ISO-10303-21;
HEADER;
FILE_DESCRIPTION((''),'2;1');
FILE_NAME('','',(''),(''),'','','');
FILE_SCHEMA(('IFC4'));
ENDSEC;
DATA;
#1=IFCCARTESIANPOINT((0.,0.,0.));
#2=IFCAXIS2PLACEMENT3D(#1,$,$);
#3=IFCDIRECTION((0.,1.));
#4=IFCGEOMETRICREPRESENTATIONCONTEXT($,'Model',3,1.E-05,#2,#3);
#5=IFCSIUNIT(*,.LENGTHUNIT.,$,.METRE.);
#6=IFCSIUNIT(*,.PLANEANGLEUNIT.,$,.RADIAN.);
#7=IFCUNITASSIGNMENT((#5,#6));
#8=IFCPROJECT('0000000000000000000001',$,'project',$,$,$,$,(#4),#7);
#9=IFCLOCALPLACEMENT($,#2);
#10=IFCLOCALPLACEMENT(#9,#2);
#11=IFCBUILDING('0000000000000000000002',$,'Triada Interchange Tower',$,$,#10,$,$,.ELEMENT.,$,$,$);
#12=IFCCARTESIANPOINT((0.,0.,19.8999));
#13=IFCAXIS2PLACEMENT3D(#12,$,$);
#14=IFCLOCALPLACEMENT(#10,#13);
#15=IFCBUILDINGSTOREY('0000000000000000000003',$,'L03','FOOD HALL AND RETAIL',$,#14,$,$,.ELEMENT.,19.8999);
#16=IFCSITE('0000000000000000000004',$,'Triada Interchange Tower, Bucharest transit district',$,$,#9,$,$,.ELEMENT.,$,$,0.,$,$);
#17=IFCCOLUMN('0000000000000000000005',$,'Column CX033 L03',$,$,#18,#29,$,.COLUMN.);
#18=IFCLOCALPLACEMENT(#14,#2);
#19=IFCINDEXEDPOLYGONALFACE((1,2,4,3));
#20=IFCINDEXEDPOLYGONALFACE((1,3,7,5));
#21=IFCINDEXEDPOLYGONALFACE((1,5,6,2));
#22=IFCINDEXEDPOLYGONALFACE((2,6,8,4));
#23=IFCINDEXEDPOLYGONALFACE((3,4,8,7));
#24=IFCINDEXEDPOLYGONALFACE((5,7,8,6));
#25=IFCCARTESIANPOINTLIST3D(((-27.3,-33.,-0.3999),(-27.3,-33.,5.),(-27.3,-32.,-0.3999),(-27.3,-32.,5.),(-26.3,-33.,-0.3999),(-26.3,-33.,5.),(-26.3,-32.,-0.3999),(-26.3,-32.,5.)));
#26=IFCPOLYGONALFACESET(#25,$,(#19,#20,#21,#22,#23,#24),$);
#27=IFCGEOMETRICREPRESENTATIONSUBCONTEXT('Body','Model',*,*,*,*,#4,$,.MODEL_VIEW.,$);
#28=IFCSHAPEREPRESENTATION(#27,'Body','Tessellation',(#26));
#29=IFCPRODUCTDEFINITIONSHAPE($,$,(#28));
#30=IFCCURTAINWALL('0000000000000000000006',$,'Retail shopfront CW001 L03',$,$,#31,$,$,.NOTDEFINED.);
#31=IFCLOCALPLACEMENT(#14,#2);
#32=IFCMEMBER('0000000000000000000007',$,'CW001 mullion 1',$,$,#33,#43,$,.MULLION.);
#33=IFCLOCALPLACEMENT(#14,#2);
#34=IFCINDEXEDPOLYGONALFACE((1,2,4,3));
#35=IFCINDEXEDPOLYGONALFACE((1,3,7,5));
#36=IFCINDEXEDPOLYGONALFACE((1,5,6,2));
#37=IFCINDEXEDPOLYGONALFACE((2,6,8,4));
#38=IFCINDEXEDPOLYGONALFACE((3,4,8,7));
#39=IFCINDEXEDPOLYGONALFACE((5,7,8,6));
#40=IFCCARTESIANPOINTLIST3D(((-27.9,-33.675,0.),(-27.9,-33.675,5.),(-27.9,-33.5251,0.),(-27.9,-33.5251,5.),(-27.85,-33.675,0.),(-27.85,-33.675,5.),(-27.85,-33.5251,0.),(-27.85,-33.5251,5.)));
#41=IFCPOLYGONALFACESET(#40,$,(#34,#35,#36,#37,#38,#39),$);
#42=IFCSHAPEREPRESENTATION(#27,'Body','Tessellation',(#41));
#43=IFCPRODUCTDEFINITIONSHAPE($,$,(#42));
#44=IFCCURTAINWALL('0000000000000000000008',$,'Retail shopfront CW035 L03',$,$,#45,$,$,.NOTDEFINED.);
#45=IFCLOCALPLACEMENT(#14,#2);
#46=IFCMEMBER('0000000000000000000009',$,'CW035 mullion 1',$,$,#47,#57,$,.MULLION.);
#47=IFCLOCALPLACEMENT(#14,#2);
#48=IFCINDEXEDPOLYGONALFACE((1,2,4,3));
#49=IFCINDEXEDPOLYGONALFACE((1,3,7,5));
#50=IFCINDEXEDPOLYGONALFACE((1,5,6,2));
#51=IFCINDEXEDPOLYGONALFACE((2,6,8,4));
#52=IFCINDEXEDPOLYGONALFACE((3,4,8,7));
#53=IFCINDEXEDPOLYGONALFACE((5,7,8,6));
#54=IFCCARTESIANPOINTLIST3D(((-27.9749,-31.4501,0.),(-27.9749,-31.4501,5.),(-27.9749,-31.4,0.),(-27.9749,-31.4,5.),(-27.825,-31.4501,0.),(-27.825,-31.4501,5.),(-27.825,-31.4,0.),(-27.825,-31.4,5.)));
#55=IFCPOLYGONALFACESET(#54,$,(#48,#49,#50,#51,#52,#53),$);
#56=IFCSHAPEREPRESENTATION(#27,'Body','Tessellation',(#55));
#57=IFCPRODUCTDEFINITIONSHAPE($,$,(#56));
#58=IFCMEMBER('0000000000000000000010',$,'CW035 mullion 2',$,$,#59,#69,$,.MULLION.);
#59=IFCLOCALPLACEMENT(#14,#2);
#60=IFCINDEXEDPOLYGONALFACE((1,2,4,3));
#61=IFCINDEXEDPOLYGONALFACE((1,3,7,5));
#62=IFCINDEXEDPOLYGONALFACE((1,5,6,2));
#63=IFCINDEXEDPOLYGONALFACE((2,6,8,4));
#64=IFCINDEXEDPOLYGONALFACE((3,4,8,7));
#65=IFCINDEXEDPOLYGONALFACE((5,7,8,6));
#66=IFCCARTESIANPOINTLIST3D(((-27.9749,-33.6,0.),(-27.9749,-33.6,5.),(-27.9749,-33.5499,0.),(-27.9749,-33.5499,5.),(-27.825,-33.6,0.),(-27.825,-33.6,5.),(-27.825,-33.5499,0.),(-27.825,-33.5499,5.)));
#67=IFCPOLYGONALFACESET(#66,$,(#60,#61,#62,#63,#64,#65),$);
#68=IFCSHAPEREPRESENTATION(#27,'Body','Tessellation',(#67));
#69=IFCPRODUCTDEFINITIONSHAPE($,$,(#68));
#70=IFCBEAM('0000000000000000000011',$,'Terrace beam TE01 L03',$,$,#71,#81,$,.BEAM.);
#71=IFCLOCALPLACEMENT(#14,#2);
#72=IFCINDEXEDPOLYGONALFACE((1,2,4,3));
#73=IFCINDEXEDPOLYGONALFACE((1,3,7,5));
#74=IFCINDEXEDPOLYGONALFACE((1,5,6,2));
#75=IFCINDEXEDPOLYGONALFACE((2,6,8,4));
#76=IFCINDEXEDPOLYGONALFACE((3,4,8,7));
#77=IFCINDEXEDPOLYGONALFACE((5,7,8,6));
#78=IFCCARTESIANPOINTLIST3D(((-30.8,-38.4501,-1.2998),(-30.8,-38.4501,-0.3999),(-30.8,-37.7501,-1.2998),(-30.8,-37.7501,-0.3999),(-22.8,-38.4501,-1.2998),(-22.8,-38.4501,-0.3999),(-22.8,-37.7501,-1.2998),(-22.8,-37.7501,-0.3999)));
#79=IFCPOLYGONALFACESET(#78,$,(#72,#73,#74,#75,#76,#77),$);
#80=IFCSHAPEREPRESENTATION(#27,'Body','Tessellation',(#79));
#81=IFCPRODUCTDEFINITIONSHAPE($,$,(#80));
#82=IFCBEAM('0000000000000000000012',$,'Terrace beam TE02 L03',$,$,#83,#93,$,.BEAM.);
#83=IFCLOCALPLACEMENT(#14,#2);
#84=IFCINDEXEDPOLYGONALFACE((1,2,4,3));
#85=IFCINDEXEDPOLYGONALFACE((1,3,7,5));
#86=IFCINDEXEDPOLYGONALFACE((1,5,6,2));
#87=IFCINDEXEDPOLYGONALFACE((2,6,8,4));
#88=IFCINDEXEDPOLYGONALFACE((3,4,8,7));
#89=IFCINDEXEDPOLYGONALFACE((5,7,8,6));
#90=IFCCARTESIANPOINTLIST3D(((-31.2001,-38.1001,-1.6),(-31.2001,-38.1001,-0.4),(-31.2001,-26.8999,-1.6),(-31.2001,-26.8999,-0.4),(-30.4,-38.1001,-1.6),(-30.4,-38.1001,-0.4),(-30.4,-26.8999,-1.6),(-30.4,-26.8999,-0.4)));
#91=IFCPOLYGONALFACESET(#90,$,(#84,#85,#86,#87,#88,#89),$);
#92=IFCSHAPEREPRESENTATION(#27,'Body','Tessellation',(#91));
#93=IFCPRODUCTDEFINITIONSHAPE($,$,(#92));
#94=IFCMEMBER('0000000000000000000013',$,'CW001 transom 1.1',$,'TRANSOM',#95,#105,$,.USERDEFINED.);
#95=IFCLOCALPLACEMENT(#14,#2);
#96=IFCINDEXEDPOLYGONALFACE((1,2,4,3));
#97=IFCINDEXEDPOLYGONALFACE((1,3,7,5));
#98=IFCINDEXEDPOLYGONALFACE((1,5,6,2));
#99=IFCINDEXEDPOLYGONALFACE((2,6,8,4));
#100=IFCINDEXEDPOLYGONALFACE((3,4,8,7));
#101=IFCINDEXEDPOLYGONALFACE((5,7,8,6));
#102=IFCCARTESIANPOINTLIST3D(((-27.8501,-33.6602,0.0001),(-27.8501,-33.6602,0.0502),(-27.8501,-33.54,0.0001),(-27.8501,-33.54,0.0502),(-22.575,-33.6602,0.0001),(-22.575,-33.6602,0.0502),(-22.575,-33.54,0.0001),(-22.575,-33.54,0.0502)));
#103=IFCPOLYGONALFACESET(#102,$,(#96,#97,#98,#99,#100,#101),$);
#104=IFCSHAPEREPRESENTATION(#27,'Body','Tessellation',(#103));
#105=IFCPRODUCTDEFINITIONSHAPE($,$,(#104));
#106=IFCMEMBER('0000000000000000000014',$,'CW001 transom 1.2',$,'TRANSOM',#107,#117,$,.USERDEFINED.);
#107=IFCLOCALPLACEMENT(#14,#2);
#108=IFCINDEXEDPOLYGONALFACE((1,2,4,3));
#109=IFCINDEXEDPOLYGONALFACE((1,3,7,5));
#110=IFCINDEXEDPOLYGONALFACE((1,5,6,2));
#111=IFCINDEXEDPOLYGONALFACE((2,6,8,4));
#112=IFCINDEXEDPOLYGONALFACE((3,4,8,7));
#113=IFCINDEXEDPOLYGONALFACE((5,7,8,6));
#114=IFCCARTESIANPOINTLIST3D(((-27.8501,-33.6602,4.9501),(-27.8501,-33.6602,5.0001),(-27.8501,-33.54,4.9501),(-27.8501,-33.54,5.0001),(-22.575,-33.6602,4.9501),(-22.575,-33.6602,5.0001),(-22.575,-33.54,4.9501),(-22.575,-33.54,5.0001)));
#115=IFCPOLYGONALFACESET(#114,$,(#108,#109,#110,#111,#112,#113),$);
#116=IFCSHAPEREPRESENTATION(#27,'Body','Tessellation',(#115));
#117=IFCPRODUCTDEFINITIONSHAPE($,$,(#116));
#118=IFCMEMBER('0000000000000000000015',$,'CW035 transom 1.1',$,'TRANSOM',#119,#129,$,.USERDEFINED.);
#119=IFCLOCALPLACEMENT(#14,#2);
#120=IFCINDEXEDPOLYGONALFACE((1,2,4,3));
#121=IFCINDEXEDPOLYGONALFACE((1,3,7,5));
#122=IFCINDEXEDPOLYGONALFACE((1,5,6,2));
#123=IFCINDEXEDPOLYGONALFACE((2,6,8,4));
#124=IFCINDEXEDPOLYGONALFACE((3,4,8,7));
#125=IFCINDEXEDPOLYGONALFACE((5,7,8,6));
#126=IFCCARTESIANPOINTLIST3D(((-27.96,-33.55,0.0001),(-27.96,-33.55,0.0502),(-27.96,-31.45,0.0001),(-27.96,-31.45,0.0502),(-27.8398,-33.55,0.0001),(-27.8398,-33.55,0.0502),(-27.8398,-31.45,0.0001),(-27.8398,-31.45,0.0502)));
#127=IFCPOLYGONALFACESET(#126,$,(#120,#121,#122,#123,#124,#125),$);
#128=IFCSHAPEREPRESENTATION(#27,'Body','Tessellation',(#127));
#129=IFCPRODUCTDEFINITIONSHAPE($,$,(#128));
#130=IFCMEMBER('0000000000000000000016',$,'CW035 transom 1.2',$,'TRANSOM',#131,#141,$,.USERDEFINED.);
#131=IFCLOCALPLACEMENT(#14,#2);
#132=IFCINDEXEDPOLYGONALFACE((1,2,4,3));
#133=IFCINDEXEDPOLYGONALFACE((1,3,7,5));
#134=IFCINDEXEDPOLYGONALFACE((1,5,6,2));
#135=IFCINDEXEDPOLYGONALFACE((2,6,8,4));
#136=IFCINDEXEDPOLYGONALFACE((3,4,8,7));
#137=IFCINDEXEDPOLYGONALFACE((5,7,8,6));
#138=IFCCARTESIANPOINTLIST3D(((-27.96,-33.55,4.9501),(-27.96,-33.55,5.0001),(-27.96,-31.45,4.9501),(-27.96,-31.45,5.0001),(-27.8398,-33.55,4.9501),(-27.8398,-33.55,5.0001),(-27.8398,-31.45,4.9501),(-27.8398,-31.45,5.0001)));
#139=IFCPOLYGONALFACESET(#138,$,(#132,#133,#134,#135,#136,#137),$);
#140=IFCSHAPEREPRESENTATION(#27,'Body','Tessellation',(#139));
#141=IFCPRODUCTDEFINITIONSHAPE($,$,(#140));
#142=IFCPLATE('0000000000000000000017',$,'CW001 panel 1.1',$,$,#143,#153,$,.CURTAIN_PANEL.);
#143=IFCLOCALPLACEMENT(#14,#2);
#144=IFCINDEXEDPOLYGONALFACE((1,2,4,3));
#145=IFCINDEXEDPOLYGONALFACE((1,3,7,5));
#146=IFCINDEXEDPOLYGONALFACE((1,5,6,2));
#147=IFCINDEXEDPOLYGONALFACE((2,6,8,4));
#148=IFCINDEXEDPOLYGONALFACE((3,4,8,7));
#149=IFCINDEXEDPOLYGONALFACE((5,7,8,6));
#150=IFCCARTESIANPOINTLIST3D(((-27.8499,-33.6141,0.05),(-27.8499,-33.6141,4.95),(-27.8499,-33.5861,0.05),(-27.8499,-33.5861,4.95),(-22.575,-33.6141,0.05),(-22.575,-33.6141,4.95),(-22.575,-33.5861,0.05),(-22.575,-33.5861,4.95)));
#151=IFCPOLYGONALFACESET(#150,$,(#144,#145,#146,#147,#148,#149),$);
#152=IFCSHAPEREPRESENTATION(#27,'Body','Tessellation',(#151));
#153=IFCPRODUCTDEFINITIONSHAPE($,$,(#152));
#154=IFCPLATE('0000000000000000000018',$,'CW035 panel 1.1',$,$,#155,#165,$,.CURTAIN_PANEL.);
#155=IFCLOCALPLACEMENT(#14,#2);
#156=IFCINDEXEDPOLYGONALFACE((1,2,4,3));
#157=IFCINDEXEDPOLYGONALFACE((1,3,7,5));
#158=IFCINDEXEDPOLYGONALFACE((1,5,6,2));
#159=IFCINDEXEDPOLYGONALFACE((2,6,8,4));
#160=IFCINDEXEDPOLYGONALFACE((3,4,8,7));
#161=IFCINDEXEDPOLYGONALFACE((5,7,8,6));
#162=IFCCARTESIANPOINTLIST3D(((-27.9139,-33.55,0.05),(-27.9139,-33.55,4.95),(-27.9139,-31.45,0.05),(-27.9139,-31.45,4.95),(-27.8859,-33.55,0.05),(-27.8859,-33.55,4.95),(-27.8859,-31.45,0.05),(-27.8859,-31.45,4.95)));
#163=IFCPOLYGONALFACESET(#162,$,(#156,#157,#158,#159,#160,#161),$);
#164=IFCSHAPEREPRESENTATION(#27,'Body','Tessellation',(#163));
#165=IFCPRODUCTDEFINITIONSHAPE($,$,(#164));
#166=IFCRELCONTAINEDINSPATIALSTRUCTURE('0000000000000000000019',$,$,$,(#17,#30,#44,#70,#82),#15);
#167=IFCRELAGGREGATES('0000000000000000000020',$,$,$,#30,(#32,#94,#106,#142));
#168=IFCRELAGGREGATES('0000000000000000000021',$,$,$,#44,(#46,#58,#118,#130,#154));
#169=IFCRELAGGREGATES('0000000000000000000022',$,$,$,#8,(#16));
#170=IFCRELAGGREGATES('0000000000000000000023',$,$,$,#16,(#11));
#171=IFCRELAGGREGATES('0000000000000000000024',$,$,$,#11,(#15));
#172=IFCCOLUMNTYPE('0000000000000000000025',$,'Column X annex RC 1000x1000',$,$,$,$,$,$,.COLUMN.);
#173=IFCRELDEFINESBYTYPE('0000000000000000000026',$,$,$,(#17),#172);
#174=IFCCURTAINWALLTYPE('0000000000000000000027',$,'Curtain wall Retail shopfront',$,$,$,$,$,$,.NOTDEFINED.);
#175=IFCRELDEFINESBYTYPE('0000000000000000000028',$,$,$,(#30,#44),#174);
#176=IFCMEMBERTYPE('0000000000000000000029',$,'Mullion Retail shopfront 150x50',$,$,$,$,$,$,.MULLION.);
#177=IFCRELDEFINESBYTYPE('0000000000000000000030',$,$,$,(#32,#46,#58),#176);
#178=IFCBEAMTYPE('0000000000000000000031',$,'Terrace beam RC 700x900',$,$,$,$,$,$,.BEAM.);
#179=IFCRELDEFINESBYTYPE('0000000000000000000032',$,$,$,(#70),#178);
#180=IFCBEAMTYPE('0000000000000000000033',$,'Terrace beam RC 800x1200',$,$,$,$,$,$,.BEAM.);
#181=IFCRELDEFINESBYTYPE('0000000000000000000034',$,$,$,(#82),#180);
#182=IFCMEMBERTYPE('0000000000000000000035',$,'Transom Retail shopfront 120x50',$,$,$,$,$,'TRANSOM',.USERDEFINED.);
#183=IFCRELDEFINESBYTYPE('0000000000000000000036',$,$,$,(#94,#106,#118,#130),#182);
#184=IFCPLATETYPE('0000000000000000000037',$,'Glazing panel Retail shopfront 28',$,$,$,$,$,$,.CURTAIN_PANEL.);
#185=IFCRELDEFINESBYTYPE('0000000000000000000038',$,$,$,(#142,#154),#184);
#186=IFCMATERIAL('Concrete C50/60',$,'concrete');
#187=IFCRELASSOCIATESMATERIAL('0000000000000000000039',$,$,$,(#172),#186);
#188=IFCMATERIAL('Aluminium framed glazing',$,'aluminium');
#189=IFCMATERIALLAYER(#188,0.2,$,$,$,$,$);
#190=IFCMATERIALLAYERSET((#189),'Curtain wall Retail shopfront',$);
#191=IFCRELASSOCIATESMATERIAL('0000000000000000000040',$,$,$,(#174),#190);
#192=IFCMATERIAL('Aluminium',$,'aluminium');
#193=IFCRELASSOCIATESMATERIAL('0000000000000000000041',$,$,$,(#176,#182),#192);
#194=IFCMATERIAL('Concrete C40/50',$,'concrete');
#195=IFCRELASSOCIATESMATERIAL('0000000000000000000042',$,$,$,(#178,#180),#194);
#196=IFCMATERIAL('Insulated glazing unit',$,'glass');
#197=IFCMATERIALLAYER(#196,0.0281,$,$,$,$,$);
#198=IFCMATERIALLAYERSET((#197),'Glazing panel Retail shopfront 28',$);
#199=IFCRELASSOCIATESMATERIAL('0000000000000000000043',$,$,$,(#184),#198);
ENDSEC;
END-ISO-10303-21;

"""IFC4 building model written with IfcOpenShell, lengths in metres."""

from ifc_helpers import new_model, si_unit, direction, frame, origin, origin_2d, place, context, subcontext, project, spatial, rectangle, extrude, material, layer, layer_set, material_profile, profile_set, type_object, element, aggregate, save


model = new_model("IFC4")

# Units and contexts
model_context = context("Model", 3, precision=1e-05, world=origin(), true_north=direction((0.0, 1.0)))
body_context = subcontext(model_context, "Body", "Model", "MODEL_VIEW")
ifc_project = project(units=[si_unit("LENGTHUNIT", "METRE"), si_unit("PLANEANGLEUNIT", "RADIAN")], contexts=[model_context])

# Site, building, storey
site_placement = place(None, origin())
site = spatial("IfcSite", under=ifc_project, at=site_placement, Name="Triada Interchange Tower, Bucharest transit district", CompositionType="ELEMENT", RefElevation=0.0)
building_placement = place(site_placement, origin())
building = spatial("IfcBuilding", under=site, at=building_placement, Name="Triada Interchange Tower", CompositionType="ELEMENT")
storey_placement = place(building_placement, frame((0.0, 0.0, 19.8999)))
storey = spatial("IfcBuildingStorey", under=building, at=storey_placement, Name="L03", Description="FOOD HALL AND RETAIL", CompositionType="ELEMENT", Elevation=19.8999)

# Column
ifc_material_1 = material(Name="Concrete C50/60", Category="concrete")
ifc_material_profile_1 = material_profile(ifc_material_1, rectangle(XDim=1.0, YDim=1.0, at=origin_2d()), Name="RC 1000x1000")
ifc_profile_set_1 = profile_set([ifc_material_profile_1], Name="Concrete C50/60")
column_type = type_object("IfcColumnType", Name="Column X annex RC 1000x1000", PredefinedType="COLUMN", material=ifc_profile_set_1)
column_placement = place(storey_placement, frame((-26.8, -32.5, -0.3999), z_axis=(0.0, 0.0, 1.0), x_axis=(1.0, 0.0, 0.0)))
element("IfcColumn", 1, at=column_placement, inside=storey, type_object=column_type, Name="Column CX033 L03", PredefinedType="COLUMN", context=body_context, shape_type="SweptSolid", body=[
    extrude(rectangle(XDim=1.0, YDim=1.0, at=origin_2d()), origin(), (0.0, 0.0, 1.0), 5.3999),
])

# Curtain wall, member
ifc_material_2 = material(Name="Aluminium framed glazing", Category="aluminium")
ifc_layer_1 = layer(ifc_material_2, 0.2)
ifc_layer_set_1 = layer_set([ifc_layer_1], Name="Curtain wall Retail shopfront")
curtain_wall_type = type_object("IfcCurtainWallType", Name="Curtain wall Retail shopfront", PredefinedType="NOTDEFINED", material=ifc_layer_set_1)
curtain_wall_1_placement = place(storey_placement, origin())
curtain_wall_1 = element("IfcCurtainWall", 2, at=curtain_wall_1_placement, inside=storey, type_object=curtain_wall_type, Name="Retail shopfront CW001 L03", PredefinedType="NOTDEFINED")
ifc_material_3 = material(Name="Aluminium", Category="aluminium")
ifc_material_profile_2 = material_profile(ifc_material_3, rectangle(XDim=0.1499, YDim=0.05, at=origin_2d()), Name="Aluminium mullion")
ifc_profile_set_2 = profile_set([ifc_material_profile_2], Name="Aluminium")
member_type_1 = type_object("IfcMemberType", Name="Mullion Retail shopfront 150x50", PredefinedType="MULLION", material=ifc_profile_set_2)
member_1_placement = place(storey_placement, frame((-27.875, -33.6001, 0.0), z_axis=(0.0, 0.0, 1.0), x_axis=(0.0, 1.0, 0.0)))
member_1 = element("IfcMember", 3, at=member_1_placement, type_object=member_type_1, Name="CW001 mullion 1", PredefinedType="MULLION", context=body_context, shape_type="SweptSolid", body=[
    extrude(rectangle(XDim=0.1499, YDim=0.05, at=origin_2d()), origin(), (0.0, 0.0, 1.0), 5.0),
])

# Curtain wall, members
curtain_wall_2_placement = place(storey_placement, origin())
curtain_wall_2 = element("IfcCurtainWall", 4, at=curtain_wall_2_placement, inside=storey, type_object=curtain_wall_type, Name="Retail shopfront CW035 L03", PredefinedType="NOTDEFINED")
member_2_placement = place(storey_placement, frame((-27.8999, -31.425, 0.0), z_axis=(0.0, 0.0, 1.0), x_axis=(1.0, 0.0, 0.0)))
member_2 = element("IfcMember", 5, at=member_2_placement, type_object=member_type_1, Name="CW035 mullion 1", PredefinedType="MULLION", context=body_context, shape_type="SweptSolid", body=[
    extrude(rectangle(XDim=0.1499, YDim=0.05, at=origin_2d()), origin(), (0.0, 0.0, 1.0), 5.0),
])
member_3_placement = place(storey_placement, frame((-27.8999, -33.575, 0.0), z_axis=(0.0, 0.0, 1.0), x_axis=(1.0, 0.0, 0.0)))
member_3 = element("IfcMember", 6, at=member_3_placement, type_object=member_type_1, Name="CW035 mullion 2", PredefinedType="MULLION", context=body_context, shape_type="SweptSolid", body=[
    extrude(rectangle(XDim=0.1499, YDim=0.05, at=origin_2d()), origin(), (0.0, 0.0, 1.0), 5.0),
])

# Beams
ifc_material_4 = material(Name="Concrete C40/50", Category="concrete")
ifc_material_profile_3 = material_profile(ifc_material_4, rectangle(XDim=0.7, YDim=0.8999, at=origin_2d()), Name="RC 700x900")
ifc_profile_set_3 = profile_set([ifc_material_profile_3], Name="Concrete C40/50")
beam_type_1 = type_object("IfcBeamType", Name="Terrace beam RC 700x900", PredefinedType="BEAM", material=ifc_profile_set_3)
beam_1_placement = place(storey_placement, frame((-30.8, -38.1001, -0.8499), z_axis=(1.0, 0.0, 0.0), x_axis=(0.0, 1.0, 0.0)))
element("IfcBeam", 7, at=beam_1_placement, inside=storey, type_object=beam_type_1, Name="Terrace beam TE01 L03", PredefinedType="BEAM", context=body_context, shape_type="SweptSolid", body=[
    extrude(rectangle(XDim=0.7, YDim=0.8999, at=origin_2d()), origin(), (0.0, 0.0, 1.0), 8.0),
])
ifc_material_profile_4 = material_profile(ifc_material_4, rectangle(XDim=0.8, YDim=1.2, at=origin_2d()), Name="RC 800x1200")
ifc_profile_set_4 = profile_set([ifc_material_profile_4], Name="Concrete C40/50")
beam_type_2 = type_object("IfcBeamType", Name="Terrace beam RC 800x1200", PredefinedType="BEAM", material=ifc_profile_set_4)
beam_2_placement = place(storey_placement, frame((-30.8, -38.1001, -1.0), z_axis=(0.0, 1.0, 0.0), x_axis=(-1.0, 0.0, 0.0)))
element("IfcBeam", 8, at=beam_2_placement, inside=storey, type_object=beam_type_2, Name="Terrace beam TE02 L03", PredefinedType="BEAM", context=body_context, shape_type="SweptSolid", body=[
    extrude(rectangle(XDim=0.8, YDim=1.2, at=origin_2d()), origin(), (0.0, 0.0, 1.0), 11.2002),
])

# Members
ifc_material_profile_5 = material_profile(ifc_material_3, rectangle(XDim=0.1201, YDim=0.05, at=origin_2d()), Name="Aluminium transom")
ifc_profile_set_5 = profile_set([ifc_material_profile_5], Name="Aluminium")
member_type_2 = type_object("IfcMemberType", Name="Transom Retail shopfront 120x50", ElementType="TRANSOM", PredefinedType="USERDEFINED", material=ifc_profile_set_5)
member_4_placement = place(storey_placement, frame((-27.8501, -33.6001, 0.0251), z_axis=(1.0, 0.0, 0.0), x_axis=(0.0, 1.0, 0.0)))
member_4 = element("IfcMember", 9, at=member_4_placement, type_object=member_type_2, Name="CW001 transom 1.1", ObjectType="TRANSOM", PredefinedType="USERDEFINED", context=body_context, shape_type="SweptSolid", body=[
    extrude(rectangle(XDim=0.1201, YDim=0.05, at=origin_2d()), origin(), (0.0, 0.0, 1.0), 5.2751),
])
member_5_placement = place(storey_placement, frame((-27.8501, -33.6001, 4.9751), z_axis=(1.0, 0.0, 0.0), x_axis=(0.0, 1.0, 0.0)))
member_5 = element("IfcMember", 10, at=member_5_placement, type_object=member_type_2, Name="CW001 transom 1.2", ObjectType="TRANSOM", PredefinedType="USERDEFINED", context=body_context, shape_type="SweptSolid", body=[
    extrude(rectangle(XDim=0.1201, YDim=0.05, at=origin_2d()), origin(), (0.0, 0.0, 1.0), 5.2751),
])
member_6_placement = place(storey_placement, frame((-27.8999, -31.45, 0.0251), z_axis=(0.0, -1.0, 0.0), x_axis=(1.0, 0.0, 0.0)))
member_6 = element("IfcMember", 11, at=member_6_placement, type_object=member_type_2, Name="CW035 transom 1.1", ObjectType="TRANSOM", PredefinedType="USERDEFINED", context=body_context, shape_type="SweptSolid", body=[
    extrude(rectangle(XDim=0.1201, YDim=0.05, at=origin_2d()), origin(), (0.0, 0.0, 1.0), 2.1001),
])
member_7_placement = place(storey_placement, frame((-27.8999, -31.45, 4.9751), z_axis=(0.0, -1.0, 0.0), x_axis=(1.0, 0.0, 0.0)))
member_7 = element("IfcMember", 12, at=member_7_placement, type_object=member_type_2, Name="CW035 transom 1.2", ObjectType="TRANSOM", PredefinedType="USERDEFINED", context=body_context, shape_type="SweptSolid", body=[
    extrude(rectangle(XDim=0.1201, YDim=0.05, at=origin_2d()), origin(), (0.0, 0.0, 1.0), 2.1001),
])

# Plates
ifc_material_5 = material(Name="Insulated glazing unit", Category="glass")
ifc_layer_2 = layer(ifc_material_5, 0.0281)
ifc_layer_set_2 = layer_set([ifc_layer_2], Name="Glazing panel Retail shopfront 28")
plate_type = type_object("IfcPlateType", Name="Glazing panel Retail shopfront 28", PredefinedType="CURTAIN_PANEL", material=ifc_layer_set_2)
plate_1_placement = place(storey_placement, frame((-25.2124, -33.6001, 0.05), z_axis=(0.0, 0.0, 1.0), x_axis=(1.0, 0.0, 0.0)))
plate_1 = element("IfcPlate", 13, at=plate_1_placement, type_object=plate_type, Name="CW001 panel 1.1", PredefinedType="CURTAIN_PANEL", context=body_context, shape_type="SweptSolid", body=[
    extrude(rectangle(XDim=5.2749, YDim=0.0281, at=origin_2d()), origin(), (0.0, 0.0, 1.0), 4.8999),
])
aggregate(curtain_wall_1, [member_1, member_4, member_5, plate_1])
plate_2_placement = place(storey_placement, frame((-27.8999, -32.5, 0.05), z_axis=(0.0, 0.0, 1.0), x_axis=(0.0, -1.0, 0.0)))
plate_2 = element("IfcPlate", 14, at=plate_2_placement, type_object=plate_type, Name="CW035 panel 1.1", PredefinedType="CURTAIN_PANEL", context=body_context, shape_type="SweptSolid", body=[
    extrude(rectangle(XDim=2.1001, YDim=0.0281, at=origin_2d()), origin(), (0.0, 0.0, 1.0), 4.8999),
])
aggregate(curtain_wall_2, [member_2, member_3, member_6, member_7, plate_2])

save(model, "model.ifc")
